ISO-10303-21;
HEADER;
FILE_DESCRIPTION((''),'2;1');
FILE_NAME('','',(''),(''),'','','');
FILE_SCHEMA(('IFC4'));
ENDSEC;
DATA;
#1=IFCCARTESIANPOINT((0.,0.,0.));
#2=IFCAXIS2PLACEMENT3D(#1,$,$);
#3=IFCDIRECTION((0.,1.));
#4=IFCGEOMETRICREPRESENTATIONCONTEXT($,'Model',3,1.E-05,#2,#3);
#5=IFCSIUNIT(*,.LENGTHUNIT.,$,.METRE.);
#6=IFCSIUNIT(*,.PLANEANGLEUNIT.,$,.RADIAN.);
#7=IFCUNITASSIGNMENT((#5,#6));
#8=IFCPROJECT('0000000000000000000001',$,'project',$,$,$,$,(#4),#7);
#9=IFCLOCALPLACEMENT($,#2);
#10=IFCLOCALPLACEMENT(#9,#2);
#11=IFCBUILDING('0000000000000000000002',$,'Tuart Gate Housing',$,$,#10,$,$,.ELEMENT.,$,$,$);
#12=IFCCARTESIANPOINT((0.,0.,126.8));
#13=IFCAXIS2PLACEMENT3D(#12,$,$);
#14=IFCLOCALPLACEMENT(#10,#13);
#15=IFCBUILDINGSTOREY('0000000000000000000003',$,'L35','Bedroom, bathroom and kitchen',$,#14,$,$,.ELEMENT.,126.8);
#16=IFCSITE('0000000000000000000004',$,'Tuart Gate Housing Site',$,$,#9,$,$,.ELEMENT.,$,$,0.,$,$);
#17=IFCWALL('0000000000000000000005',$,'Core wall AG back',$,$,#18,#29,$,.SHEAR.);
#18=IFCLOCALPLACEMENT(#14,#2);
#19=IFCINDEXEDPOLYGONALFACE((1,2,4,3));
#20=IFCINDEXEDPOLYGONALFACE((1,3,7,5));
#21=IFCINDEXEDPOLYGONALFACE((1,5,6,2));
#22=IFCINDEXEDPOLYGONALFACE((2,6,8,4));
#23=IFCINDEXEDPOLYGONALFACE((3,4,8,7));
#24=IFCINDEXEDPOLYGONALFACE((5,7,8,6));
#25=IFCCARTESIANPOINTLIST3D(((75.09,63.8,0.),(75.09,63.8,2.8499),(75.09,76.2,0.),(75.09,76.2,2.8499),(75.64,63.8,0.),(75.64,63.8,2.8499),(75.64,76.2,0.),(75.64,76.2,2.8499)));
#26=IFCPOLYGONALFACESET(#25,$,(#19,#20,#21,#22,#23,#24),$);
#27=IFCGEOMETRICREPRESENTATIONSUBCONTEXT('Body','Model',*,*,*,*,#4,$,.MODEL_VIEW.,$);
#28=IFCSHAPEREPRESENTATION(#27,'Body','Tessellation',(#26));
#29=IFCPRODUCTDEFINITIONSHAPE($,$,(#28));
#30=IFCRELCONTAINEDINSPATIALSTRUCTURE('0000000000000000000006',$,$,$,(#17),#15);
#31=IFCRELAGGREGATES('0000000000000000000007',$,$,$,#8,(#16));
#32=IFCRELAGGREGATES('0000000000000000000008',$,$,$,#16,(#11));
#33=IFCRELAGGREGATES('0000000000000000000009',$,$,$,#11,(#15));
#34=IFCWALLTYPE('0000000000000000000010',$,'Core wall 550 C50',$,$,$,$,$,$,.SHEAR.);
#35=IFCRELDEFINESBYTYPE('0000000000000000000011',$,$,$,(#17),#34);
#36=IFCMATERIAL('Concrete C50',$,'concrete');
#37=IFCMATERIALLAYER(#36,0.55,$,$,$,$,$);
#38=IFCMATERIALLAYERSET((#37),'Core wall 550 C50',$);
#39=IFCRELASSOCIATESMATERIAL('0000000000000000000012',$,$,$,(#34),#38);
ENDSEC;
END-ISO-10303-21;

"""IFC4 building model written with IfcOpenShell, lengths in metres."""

from ifc_helpers import new_model, si_unit, direction, frame, frame_2d, origin, place, context, subcontext, project, spatial, rectangle, extrude, material, layer, layer_set, type_object, element, save


model = new_model("IFC4")

# Units and contexts
model_context = context("Model", 3, precision=1e-05, world=origin(), true_north=direction((0.0, 1.0)))
body_context = subcontext(model_context, "Body", "Model", "MODEL_VIEW")
ifc_project = project(units=[si_unit("LENGTHUNIT", "METRE"), si_unit("PLANEANGLEUNIT", "RADIAN")], contexts=[model_context])

# Site, building, storey
site_placement = place(None, origin())
site = spatial("IfcSite", under=ifc_project, at=site_placement, Name="Tuart Gate Housing Site", CompositionType="ELEMENT", RefElevation=0.0)
building_placement = place(site_placement, origin())
building = spatial("IfcBuilding", under=site, at=building_placement, Name="Tuart Gate Housing", CompositionType="ELEMENT")
storey_placement = place(building_placement, frame((0.0, 0.0, 126.8)))
storey = spatial("IfcBuildingStorey", under=building, at=storey_placement, Name="L35", Description="Bedroom, bathroom and kitchen", CompositionType="ELEMENT", Elevation=126.8)

# Wall
ifc_material_1 = material(Name="Concrete C50", Category="concrete")
ifc_layer_1 = layer(ifc_material_1, 0.55)
ifc_layer_set_1 = layer_set([ifc_layer_1], Name="Core wall 550 C50")
wall_type_1 = type_object("IfcWallType", Name="Core wall 550 C50", PredefinedType="SHEAR", material=ifc_layer_set_1)
wall_1_placement = place(storey_placement, frame((75.365, 63.8, 0.0), z_axis=(0.0, 0.0, 1.0), x_axis=(0.0, 1.0, 0.0)))
element("IfcWall", 1, at=wall_1_placement, inside=storey, type_object=wall_type_1, Name="Core wall AG back", PredefinedType="SHEAR", context=body_context, shape_type="SweptSolid", body=[
    extrude(rectangle(XDim=12.3999, YDim=0.55, at=frame_2d((6.2, 0.0))), origin(), (0.0, 0.0, 1.0), 2.8499),
])

save(model, "model.ifc")
